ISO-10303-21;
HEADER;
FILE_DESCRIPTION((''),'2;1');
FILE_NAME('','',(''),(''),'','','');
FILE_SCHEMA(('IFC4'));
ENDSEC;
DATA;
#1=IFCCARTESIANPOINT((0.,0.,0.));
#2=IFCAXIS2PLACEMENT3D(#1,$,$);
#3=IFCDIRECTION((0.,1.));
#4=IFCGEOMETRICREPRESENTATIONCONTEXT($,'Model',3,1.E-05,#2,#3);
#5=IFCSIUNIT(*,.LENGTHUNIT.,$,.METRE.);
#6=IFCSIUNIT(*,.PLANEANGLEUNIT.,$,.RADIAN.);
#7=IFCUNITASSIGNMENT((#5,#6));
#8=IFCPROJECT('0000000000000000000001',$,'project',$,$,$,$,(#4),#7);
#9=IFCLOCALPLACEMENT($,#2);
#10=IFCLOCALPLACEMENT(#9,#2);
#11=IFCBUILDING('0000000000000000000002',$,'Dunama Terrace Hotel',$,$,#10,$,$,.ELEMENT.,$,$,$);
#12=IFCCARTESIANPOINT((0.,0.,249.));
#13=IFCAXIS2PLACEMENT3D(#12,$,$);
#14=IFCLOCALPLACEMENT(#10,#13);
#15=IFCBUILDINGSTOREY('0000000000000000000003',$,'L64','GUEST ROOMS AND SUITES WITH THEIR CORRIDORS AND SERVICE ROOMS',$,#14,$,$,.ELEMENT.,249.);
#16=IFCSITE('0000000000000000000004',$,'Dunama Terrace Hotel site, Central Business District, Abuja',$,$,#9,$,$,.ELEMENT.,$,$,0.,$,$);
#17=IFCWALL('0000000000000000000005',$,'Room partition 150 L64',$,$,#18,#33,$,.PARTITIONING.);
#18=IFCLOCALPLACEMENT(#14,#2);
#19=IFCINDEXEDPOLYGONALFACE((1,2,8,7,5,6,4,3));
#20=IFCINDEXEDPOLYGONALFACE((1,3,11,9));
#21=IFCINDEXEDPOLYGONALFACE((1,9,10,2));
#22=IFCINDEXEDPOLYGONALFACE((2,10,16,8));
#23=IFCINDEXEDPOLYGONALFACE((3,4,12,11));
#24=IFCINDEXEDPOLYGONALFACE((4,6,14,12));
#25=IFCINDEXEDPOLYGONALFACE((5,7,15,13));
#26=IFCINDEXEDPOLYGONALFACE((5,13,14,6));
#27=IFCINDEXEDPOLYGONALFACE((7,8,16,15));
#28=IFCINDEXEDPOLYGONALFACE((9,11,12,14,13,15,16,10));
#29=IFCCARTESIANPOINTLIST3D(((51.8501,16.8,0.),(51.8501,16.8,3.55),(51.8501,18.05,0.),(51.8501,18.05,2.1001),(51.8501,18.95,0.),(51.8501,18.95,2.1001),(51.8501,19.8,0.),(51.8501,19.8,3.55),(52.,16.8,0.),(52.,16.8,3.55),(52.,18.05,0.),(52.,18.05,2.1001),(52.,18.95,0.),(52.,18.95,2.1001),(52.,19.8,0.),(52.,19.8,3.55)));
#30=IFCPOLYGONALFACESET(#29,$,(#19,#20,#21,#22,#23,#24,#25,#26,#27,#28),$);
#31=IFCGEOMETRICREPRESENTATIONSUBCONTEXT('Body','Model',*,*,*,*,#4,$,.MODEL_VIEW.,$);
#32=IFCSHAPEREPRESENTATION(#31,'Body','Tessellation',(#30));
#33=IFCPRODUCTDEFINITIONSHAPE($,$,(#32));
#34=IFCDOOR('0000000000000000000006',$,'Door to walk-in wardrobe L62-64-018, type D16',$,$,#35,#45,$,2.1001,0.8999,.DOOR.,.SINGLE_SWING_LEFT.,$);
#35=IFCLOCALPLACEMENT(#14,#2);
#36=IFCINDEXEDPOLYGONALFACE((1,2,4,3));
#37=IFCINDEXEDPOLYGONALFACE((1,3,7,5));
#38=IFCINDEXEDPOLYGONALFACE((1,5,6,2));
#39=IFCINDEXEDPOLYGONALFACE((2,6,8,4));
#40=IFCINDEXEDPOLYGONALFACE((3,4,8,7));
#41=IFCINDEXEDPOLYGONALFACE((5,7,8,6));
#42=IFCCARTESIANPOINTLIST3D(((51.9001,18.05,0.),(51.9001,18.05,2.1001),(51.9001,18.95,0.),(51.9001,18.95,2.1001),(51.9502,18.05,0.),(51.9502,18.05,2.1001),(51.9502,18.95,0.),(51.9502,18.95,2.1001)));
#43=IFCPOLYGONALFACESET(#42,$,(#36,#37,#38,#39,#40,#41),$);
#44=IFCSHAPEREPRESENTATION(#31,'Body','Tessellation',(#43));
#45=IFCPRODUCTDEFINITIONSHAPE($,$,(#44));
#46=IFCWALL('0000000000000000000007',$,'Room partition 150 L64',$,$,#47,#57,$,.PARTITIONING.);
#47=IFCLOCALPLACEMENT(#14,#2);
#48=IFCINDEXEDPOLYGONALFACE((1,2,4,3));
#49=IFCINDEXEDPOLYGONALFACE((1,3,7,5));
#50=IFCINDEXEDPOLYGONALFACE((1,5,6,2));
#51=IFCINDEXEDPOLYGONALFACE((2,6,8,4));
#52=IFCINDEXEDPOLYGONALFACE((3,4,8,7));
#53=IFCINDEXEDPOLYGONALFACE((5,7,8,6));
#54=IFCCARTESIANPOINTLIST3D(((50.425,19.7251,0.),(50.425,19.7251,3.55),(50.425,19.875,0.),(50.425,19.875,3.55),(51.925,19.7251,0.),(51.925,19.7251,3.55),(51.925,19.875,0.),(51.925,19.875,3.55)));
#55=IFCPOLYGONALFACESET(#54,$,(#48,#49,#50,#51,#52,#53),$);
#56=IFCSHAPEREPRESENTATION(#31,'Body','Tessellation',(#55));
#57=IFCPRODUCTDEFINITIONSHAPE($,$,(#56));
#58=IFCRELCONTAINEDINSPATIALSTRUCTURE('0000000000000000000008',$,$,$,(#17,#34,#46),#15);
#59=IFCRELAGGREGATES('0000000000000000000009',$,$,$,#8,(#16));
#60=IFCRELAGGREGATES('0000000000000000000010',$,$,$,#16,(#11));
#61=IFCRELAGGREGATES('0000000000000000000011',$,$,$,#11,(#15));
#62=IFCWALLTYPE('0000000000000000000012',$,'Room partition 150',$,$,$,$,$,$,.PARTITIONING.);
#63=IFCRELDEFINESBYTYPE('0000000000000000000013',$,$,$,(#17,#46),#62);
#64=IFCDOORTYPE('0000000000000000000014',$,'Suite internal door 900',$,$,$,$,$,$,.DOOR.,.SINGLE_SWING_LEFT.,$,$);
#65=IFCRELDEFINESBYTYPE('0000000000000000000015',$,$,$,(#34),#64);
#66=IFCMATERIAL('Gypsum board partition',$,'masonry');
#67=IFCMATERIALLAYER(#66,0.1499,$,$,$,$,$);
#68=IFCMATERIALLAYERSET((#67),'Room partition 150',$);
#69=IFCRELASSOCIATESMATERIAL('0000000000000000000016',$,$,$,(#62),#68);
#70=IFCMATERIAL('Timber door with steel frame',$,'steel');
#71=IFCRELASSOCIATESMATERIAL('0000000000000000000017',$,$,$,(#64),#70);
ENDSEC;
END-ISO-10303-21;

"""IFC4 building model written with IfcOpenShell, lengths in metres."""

from ifc_helpers import new_model, si_unit, direction, frame, frame_2d, origin, place, context, subcontext, project, spatial, rectangle, extrude, material, layer, layer_set, type_object, element, fill, save


model = new_model("IFC4")

# Units and contexts
model_context = context("Model", 3, precision=1e-05, world=origin(), true_north=direction((0.0, 1.0)))
body_context = subcontext(model_context, "Body", "Model", "MODEL_VIEW")
ifc_project = project(units=[si_unit("LENGTHUNIT", "METRE"), si_unit("PLANEANGLEUNIT", "RADIAN")], contexts=[model_context])

# Site, building, storey
site_placement = place(None, origin())
site = spatial("IfcSite", under=ifc_project, at=site_placement, Name="Dunama Terrace Hotel site, Central Business District, Abuja", CompositionType="ELEMENT", RefElevation=0.0)
building_placement = place(site_placement, origin())
building = spatial("IfcBuilding", under=site, at=building_placement, Name="Dunama Terrace Hotel", CompositionType="ELEMENT")
storey_placement = place(building_placement, frame((0.0, 0.0, 249.0)))
storey = spatial("IfcBuildingStorey", under=building, at=storey_placement, Name="L64", Description="GUEST ROOMS AND SUITES WITH THEIR CORRIDORS AND SERVICE ROOMS", CompositionType="ELEMENT", Elevation=249.0)

# Shared definitions
ifc_material_1 = material(Name="Gypsum board partition", Category="masonry")
ifc_layer_1 = layer(ifc_material_1, 0.1499)
ifc_layer_set_1 = layer_set([ifc_layer_1], Name="Room partition 150")
wall_type_1 = type_object("IfcWallType", Name="Room partition 150", PredefinedType="PARTITIONING", material=ifc_layer_set_1)

# Wall, opening, door
wall_1_placement = place(storey_placement, frame((51.925, 16.8, 0.0), z_axis=(0.0, 0.0, 1.0), x_axis=(0.0, 1.0, 0.0)))
wall_1 = element("IfcWall", 1, at=wall_1_placement, inside=storey, type_object=wall_type_1, Name="Room partition 150 L64", PredefinedType="PARTITIONING", context=body_context, shape_type="SweptSolid", body=[
    extrude(rectangle(XDim=3.0, YDim=0.1499, at=frame_2d((1.5, 0.0))), origin(), (0.0, 0.0, 1.0), 3.55),
])
opening_1_placement = place(wall_1_placement, frame((1.25, 0.0, 0.0)))
opening_1 = element("IfcOpeningElement", 2, at=opening_1_placement, cuts=wall_1, PredefinedType="OPENING", context=body_context, shape_type="SweptSolid", body=[
    extrude(rectangle(XDim=0.8999, YDim=2.1001, at=frame_2d((0.45, 1.05))), frame((0.0, 0.085, 0.0), z_axis=(0.0, -1.0, 0.0), x_axis=(1.0, 0.0, 0.0)), (0.0, 0.0, 1.0), 0.1699),
])
ifc_material_2 = material(Name="Timber door with steel frame", Category="steel")
door_type_1 = type_object("IfcDoorType", Name="Suite internal door 900", OperationType="SINGLE_SWING_LEFT", PredefinedType="DOOR", material=ifc_material_2)
door_1_placement = place(opening_1_placement, origin())
door_1 = element("IfcDoor", 3, at=door_1_placement, inside=storey, type_object=door_type_1, Name="Door to walk-in wardrobe L62-64-018, type D16", OperationType="SINGLE_SWING_LEFT", OverallHeight=2.1001, OverallWidth=0.8999, PredefinedType="DOOR", context=body_context, shape_type="SweptSolid", body=[
    extrude(rectangle(XDim=0.8999, YDim=2.1001, at=frame_2d((0.45, 1.05))), frame((0.0, 0.0249, 0.0), z_axis=(0.0, -1.0, 0.0), x_axis=(1.0, 0.0, 0.0)), (0.0, 0.0, 1.0), 0.05),
])
fill(opening_1, door_1)

# Wall
wall_2_placement = place(storey_placement, frame((50.425, 19.8, 0.0), z_axis=(0.0, 0.0, 1.0), x_axis=(1.0, 0.0, 0.0)))
element("IfcWall", 4, at=wall_2_placement, inside=storey, type_object=wall_type_1, Name="Room partition 150 L64", PredefinedType="PARTITIONING", context=body_context, shape_type="SweptSolid", body=[
    extrude(rectangle(XDim=1.5, YDim=0.1499, at=frame_2d((0.75, 0.0))), origin(), (0.0, 0.0, 1.0), 3.55),
])

save(model, "model.ifc")
